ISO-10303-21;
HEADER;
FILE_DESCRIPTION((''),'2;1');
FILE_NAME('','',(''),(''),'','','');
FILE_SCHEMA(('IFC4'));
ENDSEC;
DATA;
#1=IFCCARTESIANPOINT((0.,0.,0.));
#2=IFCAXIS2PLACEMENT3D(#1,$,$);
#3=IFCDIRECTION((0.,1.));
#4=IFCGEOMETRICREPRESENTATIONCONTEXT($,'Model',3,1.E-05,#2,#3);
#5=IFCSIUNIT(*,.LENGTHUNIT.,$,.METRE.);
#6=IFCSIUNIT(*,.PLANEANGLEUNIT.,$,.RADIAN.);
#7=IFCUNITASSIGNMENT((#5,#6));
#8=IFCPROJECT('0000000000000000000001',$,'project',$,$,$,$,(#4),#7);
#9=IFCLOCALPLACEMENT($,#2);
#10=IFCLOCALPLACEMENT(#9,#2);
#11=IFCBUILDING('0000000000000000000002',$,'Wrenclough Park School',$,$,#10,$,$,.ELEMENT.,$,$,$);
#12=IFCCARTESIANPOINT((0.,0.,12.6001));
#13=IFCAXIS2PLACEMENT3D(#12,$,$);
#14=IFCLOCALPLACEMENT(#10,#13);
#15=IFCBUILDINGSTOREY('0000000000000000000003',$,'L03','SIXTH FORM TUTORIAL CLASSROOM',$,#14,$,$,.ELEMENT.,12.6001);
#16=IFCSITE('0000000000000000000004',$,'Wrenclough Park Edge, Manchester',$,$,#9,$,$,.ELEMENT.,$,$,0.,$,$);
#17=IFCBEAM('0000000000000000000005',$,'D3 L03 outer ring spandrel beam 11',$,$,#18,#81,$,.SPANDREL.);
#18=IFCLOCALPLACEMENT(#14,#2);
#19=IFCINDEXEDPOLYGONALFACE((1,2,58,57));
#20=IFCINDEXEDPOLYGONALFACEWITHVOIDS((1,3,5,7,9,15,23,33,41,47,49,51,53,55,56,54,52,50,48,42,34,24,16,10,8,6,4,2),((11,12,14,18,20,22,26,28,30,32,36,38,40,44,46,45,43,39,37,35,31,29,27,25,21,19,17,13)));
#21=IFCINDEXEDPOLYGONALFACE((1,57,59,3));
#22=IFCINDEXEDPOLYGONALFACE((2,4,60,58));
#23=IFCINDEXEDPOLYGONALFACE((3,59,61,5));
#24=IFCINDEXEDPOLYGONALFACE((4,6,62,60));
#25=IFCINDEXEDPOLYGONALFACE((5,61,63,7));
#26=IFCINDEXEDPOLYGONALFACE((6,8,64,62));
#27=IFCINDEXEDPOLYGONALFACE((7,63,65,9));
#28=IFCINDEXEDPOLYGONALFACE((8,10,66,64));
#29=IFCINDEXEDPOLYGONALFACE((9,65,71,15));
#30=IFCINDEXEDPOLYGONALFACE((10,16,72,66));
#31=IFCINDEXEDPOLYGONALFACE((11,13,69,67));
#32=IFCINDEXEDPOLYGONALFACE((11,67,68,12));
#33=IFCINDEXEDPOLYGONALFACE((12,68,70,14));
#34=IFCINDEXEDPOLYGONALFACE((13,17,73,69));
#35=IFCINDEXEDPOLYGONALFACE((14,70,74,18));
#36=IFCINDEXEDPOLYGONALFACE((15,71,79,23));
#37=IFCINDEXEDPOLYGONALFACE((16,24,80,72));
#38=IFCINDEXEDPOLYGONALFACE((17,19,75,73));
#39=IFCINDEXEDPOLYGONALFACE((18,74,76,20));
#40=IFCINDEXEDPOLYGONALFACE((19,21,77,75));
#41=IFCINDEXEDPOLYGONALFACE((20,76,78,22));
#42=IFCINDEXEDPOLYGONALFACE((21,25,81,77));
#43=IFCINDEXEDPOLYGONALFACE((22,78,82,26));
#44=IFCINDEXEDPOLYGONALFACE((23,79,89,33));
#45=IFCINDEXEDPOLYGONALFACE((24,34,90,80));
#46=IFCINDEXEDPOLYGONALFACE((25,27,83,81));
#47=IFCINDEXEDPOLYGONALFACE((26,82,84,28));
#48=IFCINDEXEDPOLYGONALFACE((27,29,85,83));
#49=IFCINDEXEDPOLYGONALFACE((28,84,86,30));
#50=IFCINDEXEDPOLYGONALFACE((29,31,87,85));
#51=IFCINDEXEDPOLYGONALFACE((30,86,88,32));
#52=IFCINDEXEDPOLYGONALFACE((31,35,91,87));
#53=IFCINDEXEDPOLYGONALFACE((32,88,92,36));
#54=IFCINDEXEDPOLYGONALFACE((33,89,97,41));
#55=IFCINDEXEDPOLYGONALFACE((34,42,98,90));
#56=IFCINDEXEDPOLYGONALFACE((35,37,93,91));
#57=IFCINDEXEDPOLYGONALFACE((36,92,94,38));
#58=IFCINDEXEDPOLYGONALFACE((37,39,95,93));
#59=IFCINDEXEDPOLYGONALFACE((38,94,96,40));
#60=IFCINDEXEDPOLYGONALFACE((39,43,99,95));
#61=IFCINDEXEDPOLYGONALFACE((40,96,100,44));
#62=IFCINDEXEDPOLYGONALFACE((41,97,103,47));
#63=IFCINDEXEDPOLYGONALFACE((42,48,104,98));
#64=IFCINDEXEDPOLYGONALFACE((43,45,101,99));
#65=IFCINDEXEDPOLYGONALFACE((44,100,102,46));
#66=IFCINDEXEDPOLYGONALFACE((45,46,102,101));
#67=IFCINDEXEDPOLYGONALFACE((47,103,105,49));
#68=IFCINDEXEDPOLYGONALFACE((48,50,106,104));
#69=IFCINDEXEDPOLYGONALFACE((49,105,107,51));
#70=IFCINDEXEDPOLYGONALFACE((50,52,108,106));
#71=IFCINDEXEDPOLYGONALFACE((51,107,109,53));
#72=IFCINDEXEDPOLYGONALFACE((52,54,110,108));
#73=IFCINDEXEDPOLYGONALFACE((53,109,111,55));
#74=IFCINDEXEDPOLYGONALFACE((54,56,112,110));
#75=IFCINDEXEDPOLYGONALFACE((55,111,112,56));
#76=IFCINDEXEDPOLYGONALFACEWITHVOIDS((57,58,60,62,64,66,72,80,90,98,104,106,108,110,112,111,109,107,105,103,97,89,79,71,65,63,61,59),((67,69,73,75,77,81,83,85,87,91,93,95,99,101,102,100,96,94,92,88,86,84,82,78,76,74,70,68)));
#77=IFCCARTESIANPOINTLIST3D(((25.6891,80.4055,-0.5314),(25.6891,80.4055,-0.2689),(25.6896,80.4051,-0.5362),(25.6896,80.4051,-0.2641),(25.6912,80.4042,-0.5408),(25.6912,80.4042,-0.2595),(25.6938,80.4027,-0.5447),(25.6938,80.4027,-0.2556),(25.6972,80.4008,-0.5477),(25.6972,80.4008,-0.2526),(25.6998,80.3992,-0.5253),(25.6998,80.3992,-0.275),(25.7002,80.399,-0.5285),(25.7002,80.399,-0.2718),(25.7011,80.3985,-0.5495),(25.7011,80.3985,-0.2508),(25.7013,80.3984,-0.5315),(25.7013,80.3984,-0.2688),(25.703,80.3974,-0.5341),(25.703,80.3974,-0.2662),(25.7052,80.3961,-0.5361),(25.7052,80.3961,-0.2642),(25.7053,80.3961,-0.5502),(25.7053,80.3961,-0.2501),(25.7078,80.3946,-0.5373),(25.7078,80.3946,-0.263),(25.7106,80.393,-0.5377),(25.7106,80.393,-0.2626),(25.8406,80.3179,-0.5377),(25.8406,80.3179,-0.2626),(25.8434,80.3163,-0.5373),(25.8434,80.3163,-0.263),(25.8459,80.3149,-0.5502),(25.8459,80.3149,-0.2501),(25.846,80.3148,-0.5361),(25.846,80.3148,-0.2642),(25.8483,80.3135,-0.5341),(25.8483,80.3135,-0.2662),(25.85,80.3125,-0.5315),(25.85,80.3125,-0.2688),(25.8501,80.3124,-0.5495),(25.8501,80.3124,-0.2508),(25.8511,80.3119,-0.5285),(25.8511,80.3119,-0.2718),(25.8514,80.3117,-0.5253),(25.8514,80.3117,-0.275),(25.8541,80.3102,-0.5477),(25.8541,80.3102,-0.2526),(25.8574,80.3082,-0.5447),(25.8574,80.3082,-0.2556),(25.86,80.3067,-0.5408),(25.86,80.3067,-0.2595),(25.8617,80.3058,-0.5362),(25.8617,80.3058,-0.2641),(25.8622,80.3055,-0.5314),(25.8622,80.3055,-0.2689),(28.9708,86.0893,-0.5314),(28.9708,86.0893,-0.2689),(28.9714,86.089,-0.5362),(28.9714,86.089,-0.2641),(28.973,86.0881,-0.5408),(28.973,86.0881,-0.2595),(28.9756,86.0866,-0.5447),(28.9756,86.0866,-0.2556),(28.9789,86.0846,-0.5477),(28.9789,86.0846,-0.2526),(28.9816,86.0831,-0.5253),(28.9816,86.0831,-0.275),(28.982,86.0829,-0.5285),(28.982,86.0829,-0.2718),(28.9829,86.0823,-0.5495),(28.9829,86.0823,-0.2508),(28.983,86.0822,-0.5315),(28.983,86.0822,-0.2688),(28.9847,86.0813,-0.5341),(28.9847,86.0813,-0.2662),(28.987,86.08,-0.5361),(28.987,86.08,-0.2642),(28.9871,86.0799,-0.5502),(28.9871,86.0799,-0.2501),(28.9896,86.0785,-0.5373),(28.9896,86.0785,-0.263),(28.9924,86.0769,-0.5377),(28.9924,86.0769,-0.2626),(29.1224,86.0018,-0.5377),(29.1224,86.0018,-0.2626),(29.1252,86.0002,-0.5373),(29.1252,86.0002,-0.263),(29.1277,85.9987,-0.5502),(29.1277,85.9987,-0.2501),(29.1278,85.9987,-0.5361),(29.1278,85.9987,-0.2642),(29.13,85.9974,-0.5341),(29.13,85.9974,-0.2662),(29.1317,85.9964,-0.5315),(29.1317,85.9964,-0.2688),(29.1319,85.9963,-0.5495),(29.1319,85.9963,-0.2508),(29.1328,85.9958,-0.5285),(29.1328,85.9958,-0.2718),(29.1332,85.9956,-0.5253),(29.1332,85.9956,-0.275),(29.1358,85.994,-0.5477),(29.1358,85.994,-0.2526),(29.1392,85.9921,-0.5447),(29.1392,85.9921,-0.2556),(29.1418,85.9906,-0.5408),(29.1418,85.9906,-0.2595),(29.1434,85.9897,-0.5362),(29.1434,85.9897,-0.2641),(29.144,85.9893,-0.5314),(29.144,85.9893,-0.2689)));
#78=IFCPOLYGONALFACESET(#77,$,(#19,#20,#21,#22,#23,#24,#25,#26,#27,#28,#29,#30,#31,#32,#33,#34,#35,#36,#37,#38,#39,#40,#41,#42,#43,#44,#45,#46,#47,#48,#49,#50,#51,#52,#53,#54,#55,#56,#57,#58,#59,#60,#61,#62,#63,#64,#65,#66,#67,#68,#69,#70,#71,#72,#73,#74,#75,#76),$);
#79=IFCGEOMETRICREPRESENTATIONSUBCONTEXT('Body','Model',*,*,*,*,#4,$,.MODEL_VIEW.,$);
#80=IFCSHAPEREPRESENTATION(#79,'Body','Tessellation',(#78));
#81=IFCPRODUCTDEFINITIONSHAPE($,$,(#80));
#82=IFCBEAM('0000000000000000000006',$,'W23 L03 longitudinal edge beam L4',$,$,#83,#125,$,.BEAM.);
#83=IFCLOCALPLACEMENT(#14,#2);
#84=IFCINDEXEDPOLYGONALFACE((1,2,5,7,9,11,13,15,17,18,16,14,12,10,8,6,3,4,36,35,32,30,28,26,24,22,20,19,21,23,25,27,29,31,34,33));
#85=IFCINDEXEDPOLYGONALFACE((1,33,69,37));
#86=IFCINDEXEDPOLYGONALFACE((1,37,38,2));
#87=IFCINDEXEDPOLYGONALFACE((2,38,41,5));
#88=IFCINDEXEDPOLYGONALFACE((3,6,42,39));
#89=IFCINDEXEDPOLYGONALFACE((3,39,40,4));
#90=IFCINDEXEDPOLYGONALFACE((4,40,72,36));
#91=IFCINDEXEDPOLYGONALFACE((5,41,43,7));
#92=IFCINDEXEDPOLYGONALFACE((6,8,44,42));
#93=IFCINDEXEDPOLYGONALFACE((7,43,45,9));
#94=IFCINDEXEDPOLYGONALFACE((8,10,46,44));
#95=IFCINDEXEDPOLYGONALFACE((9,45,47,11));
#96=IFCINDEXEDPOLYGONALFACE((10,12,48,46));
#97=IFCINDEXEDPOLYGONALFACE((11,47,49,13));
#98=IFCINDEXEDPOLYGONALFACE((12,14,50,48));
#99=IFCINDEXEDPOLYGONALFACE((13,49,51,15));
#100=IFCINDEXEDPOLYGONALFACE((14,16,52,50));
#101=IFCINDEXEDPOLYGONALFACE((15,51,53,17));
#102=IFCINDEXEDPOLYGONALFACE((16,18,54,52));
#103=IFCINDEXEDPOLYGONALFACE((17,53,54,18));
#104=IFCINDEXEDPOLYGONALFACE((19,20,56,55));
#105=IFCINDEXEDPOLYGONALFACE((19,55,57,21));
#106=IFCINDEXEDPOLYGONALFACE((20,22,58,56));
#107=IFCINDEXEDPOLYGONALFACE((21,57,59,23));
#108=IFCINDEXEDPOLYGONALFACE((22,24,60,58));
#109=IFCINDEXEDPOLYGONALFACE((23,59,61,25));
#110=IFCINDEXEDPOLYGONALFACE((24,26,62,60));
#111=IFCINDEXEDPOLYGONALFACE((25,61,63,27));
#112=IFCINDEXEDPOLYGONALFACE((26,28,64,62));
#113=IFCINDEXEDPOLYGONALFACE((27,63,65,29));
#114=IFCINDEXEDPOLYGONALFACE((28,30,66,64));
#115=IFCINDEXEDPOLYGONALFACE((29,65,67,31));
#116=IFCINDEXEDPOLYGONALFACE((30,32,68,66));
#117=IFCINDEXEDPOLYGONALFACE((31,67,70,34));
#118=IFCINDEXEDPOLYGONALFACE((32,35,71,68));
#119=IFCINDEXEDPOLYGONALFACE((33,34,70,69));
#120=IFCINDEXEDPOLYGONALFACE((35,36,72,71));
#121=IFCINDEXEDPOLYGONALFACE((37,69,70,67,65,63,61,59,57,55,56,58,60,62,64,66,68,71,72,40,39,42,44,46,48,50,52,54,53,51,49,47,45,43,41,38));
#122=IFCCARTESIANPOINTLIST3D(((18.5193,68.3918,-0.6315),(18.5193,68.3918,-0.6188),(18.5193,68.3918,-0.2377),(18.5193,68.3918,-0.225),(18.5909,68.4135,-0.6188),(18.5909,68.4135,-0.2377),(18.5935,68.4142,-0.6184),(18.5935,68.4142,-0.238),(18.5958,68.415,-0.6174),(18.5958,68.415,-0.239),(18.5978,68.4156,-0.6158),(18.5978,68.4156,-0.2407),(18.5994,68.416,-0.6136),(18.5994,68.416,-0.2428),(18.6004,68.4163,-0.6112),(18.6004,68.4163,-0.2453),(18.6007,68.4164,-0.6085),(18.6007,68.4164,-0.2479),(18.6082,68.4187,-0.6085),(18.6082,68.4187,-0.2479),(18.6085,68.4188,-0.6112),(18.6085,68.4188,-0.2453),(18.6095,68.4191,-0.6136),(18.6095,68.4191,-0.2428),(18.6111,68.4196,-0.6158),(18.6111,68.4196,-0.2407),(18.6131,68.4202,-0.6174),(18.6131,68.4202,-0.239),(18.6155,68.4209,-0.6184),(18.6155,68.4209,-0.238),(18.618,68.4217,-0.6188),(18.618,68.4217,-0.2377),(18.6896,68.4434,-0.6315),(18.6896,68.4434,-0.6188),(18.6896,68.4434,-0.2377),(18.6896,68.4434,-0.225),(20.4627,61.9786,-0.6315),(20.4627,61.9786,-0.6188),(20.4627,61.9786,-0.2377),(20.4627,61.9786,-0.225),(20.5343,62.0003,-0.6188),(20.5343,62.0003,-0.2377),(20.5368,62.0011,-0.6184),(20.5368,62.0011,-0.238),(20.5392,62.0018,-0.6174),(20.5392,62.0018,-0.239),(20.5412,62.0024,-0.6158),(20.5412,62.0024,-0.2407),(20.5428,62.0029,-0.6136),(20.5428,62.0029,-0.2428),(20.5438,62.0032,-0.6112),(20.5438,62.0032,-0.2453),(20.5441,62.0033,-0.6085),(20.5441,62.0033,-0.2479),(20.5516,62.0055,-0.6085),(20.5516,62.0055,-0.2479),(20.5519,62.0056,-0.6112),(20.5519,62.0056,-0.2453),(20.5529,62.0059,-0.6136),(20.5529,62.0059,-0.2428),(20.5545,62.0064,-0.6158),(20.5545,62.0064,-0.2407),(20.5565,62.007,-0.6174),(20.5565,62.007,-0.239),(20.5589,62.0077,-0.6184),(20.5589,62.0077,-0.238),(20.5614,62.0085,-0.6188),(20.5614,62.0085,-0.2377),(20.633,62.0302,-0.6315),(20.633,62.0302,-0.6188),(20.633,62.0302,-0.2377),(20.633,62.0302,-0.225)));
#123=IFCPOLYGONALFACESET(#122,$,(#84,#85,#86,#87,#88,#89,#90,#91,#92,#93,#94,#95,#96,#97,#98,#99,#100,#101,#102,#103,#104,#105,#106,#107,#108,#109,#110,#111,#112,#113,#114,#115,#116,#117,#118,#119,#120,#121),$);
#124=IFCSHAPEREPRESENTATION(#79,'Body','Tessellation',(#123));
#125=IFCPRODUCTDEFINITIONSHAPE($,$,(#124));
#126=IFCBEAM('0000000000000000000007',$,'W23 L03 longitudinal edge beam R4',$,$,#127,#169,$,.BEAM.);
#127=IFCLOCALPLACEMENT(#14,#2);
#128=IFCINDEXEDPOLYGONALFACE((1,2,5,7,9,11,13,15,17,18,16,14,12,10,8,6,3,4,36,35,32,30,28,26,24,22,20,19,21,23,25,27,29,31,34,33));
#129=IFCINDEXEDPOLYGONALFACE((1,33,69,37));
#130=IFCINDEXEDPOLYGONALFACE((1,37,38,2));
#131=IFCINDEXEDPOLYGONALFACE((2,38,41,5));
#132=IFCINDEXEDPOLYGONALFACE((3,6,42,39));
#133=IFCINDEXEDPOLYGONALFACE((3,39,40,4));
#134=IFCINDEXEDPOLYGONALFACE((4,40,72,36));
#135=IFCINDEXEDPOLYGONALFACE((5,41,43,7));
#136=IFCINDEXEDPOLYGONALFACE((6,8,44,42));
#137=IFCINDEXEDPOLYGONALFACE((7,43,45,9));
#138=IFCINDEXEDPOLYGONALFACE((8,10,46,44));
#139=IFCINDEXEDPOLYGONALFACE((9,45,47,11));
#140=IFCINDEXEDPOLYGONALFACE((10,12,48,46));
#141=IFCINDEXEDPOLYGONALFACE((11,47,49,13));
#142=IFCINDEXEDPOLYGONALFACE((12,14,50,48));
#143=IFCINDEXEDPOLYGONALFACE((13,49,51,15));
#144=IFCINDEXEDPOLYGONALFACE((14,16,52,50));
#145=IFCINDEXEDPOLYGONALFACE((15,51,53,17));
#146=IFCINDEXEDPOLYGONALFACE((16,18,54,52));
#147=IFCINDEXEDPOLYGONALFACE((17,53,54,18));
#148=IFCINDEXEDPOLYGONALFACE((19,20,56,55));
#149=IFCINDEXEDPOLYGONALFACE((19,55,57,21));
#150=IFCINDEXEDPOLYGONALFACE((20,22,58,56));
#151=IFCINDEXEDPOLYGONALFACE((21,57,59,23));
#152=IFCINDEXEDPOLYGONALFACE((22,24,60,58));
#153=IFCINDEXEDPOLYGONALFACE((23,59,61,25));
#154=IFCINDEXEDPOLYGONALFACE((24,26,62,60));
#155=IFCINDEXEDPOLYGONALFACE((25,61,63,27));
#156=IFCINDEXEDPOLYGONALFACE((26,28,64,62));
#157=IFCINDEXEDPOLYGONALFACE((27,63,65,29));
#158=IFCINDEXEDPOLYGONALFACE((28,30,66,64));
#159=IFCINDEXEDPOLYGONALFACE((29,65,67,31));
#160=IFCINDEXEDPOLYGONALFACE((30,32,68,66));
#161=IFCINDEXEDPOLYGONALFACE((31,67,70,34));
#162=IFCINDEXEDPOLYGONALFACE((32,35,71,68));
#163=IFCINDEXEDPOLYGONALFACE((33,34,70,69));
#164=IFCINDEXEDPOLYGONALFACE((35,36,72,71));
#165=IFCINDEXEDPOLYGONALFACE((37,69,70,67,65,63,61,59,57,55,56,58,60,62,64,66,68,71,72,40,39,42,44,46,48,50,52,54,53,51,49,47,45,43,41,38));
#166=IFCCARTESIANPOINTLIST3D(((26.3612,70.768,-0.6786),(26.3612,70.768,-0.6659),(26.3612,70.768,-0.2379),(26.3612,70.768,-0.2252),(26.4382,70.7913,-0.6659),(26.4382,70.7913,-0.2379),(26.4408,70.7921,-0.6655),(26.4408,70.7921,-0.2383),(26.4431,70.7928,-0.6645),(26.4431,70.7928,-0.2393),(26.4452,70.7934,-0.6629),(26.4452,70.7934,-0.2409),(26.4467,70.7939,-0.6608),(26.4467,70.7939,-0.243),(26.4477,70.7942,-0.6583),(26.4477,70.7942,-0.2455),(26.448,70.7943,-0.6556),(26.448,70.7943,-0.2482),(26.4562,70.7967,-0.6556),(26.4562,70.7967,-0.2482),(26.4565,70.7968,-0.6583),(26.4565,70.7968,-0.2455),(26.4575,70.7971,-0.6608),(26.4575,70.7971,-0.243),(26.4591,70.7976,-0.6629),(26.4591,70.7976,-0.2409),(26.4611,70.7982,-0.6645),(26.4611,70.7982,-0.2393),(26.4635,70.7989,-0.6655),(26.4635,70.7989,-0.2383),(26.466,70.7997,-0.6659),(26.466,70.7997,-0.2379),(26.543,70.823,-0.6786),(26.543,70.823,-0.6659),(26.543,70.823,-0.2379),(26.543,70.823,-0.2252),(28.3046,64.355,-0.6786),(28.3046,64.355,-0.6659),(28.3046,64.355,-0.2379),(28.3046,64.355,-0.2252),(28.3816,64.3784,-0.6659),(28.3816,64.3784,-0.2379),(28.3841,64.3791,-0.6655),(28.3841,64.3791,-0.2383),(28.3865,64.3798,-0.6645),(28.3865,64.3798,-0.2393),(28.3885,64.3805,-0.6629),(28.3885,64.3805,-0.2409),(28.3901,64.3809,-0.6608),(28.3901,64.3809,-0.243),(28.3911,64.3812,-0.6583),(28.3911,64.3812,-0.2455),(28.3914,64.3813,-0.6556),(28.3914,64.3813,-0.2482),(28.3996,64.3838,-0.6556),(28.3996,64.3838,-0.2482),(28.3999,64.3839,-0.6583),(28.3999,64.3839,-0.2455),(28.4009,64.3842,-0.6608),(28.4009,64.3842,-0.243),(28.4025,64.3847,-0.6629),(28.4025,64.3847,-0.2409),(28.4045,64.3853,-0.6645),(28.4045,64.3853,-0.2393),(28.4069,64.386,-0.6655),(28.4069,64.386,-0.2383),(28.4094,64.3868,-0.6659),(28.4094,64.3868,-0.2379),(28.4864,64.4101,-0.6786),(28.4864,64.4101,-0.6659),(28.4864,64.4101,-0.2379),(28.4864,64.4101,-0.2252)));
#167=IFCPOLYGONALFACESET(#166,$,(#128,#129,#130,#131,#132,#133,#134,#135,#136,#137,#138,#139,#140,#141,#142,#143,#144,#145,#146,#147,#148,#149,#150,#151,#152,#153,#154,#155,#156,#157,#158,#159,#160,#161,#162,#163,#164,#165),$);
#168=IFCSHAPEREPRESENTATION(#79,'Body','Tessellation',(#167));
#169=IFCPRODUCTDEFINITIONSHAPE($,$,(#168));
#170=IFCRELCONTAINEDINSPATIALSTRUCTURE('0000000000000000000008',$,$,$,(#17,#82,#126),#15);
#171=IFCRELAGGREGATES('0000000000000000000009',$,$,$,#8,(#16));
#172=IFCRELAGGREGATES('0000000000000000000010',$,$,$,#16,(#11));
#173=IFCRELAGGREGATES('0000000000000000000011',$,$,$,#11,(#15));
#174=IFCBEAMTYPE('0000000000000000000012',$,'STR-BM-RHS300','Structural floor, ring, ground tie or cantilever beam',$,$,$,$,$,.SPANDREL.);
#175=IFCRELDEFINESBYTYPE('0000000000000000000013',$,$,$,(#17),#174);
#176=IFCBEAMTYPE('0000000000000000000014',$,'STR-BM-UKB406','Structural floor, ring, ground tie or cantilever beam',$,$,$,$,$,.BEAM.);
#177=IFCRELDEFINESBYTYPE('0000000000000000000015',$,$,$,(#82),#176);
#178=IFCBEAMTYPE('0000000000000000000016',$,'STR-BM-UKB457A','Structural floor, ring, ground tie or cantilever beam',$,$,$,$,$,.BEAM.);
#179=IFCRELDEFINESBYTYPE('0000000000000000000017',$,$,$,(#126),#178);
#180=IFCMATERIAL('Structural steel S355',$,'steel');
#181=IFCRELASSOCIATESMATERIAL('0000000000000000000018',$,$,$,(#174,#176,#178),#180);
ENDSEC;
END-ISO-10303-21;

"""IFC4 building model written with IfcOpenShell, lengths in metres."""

from ifc_helpers import new_model, si_unit, direction, frame, origin, origin_2d, place, context, subcontext, project, spatial, hollow_rectangle, i_section, extrude, material, material_profile, profile_set, type_object, element, save


model = new_model("IFC4")

# Units and contexts
model_context = context("Model", 3, precision=1e-05, world=origin(), true_north=direction((0.0, 1.0)))
body_context = subcontext(model_context, "Body", "Model", "MODEL_VIEW")
ifc_project = project(units=[si_unit("LENGTHUNIT", "METRE"), si_unit("PLANEANGLEUNIT", "RADIAN")], contexts=[model_context])

# Site, building, storey
site_placement = place(None, origin())
site = spatial("IfcSite", under=ifc_project, at=site_placement, Name="Wrenclough Park Edge, Manchester", CompositionType="ELEMENT", RefElevation=0.0)
building_placement = place(site_placement, origin())
building = spatial("IfcBuilding", under=site, at=building_placement, Name="Wrenclough Park School", CompositionType="ELEMENT")
storey_placement = place(building_placement, frame((0.0, 0.0, 12.6001)))
storey = spatial("IfcBuildingStorey", under=building, at=storey_placement, Name="L03", Description="SIXTH FORM TUTORIAL CLASSROOM", CompositionType="ELEMENT", Elevation=12.6001)

# Shared definitions
ifc_material_1 = material(Name="Structural steel S355", Category="steel")

# Beams
ifc_material_profile_1 = material_profile(ifc_material_1, hollow_rectangle(XDim=0.2, YDim=0.3, WallThickness=0.0125, InnerFilletRadius=0.0125, OuterFilletRadius=0.0188, at=origin_2d()), Name="RHS 300x200x12.5")
ifc_profile_set_1 = profile_set([ifc_material_profile_1], Name="Structural steel S355")
beam_type_1 = type_object("IfcBeamType", Name="STR-BM-RHS300", Description="Structural floor, ring, ground tie or cantilever beam", PredefinedType="SPANDREL", material=ifc_profile_set_1)
for number, where, z_axis, x_axis, name in (
    (1, (25.7756, 80.3555, -0.4001), (0.50002, 0.866014, 0.0), (-0.866014, 0.50002, 0.0), "D3 L03 outer ring spandrel beam 11"),
):
    element("IfcBeam", number, at=place(storey_placement, frame(where, z_axis=z_axis, x_axis=x_axis)), inside=storey, type_object=beam_type_1, Name=name, PredefinedType="SPANDREL", context=body_context, shape_type="SweptSolid", body=[
        extrude(hollow_rectangle(XDim=0.2, YDim=0.3, WallThickness=0.0125, InnerFilletRadius=0.0125, OuterFilletRadius=0.0188, at=origin_2d()), origin(), (0.0, 0.0, 1.0), 6.5632),
    ])
ifc_material_profile_2 = material_profile(ifc_material_1, i_section(OverallWidth=0.178, OverallDepth=0.4065, WebThickness=0.0078, FlangeThickness=0.0127, FilletRadius=0.0103, at=origin_2d()), Name="UKB 406x178x60")
ifc_profile_set_2 = profile_set([ifc_material_profile_2], Name="Structural steel S355")
beam_type_2 = type_object("IfcBeamType", Name="STR-BM-UKB406", Description="Structural floor, ring, ground tie or cantilever beam", PredefinedType="BEAM", material=ifc_profile_set_2)
beam_1_placement = place(storey_placement, frame((20.5479, 62.0044, -0.4282), z_axis=(-0.290007, 0.957024, 0.0), x_axis=(-0.957024, -0.290007, 0.0)))
element("IfcBeam", 2, at=beam_1_placement, inside=storey, type_object=beam_type_2, Name="W23 L03 longitudinal edge beam L4", PredefinedType="BEAM", context=body_context, shape_type="SweptSolid", body=[
    extrude(i_section(OverallWidth=0.178, OverallDepth=0.4065, WebThickness=0.0078, FlangeThickness=0.0127, FilletRadius=0.0103, at=origin_2d()), origin(), (0.0, 0.0, 1.0), 6.7012),
])
ifc_material_profile_3 = material_profile(ifc_material_1, i_section(OverallWidth=0.1899, OverallDepth=0.4534, WebThickness=0.0085, FlangeThickness=0.0127, FilletRadius=0.0103, at=origin_2d()), Name="UKB 457x191x67")
ifc_profile_set_3 = profile_set([ifc_material_profile_3], Name="Structural steel S355")
beam_type_3 = type_object("IfcBeamType", Name="STR-BM-UKB457A", Description="Structural floor, ring, ground tie or cantilever beam", PredefinedType="BEAM", material=ifc_profile_set_3)
beam_2_placement = place(storey_placement, frame((28.3955, 64.3826, -0.4519), z_axis=(-0.290018, 0.957021, 0.0), x_axis=(-0.957021, -0.290018, 0.0)))
element("IfcBeam", 3, at=beam_2_placement, inside=storey, type_object=beam_type_3, Name="W23 L03 longitudinal edge beam R4", PredefinedType="BEAM", context=body_context, shape_type="SweptSolid", body=[
    extrude(i_section(OverallWidth=0.1899, OverallDepth=0.4534, WebThickness=0.0085, FlangeThickness=0.0127, FilletRadius=0.0103, at=origin_2d()), origin(), (0.0, 0.0, 1.0), 6.7009),
])

save(model, "model.ifc")
